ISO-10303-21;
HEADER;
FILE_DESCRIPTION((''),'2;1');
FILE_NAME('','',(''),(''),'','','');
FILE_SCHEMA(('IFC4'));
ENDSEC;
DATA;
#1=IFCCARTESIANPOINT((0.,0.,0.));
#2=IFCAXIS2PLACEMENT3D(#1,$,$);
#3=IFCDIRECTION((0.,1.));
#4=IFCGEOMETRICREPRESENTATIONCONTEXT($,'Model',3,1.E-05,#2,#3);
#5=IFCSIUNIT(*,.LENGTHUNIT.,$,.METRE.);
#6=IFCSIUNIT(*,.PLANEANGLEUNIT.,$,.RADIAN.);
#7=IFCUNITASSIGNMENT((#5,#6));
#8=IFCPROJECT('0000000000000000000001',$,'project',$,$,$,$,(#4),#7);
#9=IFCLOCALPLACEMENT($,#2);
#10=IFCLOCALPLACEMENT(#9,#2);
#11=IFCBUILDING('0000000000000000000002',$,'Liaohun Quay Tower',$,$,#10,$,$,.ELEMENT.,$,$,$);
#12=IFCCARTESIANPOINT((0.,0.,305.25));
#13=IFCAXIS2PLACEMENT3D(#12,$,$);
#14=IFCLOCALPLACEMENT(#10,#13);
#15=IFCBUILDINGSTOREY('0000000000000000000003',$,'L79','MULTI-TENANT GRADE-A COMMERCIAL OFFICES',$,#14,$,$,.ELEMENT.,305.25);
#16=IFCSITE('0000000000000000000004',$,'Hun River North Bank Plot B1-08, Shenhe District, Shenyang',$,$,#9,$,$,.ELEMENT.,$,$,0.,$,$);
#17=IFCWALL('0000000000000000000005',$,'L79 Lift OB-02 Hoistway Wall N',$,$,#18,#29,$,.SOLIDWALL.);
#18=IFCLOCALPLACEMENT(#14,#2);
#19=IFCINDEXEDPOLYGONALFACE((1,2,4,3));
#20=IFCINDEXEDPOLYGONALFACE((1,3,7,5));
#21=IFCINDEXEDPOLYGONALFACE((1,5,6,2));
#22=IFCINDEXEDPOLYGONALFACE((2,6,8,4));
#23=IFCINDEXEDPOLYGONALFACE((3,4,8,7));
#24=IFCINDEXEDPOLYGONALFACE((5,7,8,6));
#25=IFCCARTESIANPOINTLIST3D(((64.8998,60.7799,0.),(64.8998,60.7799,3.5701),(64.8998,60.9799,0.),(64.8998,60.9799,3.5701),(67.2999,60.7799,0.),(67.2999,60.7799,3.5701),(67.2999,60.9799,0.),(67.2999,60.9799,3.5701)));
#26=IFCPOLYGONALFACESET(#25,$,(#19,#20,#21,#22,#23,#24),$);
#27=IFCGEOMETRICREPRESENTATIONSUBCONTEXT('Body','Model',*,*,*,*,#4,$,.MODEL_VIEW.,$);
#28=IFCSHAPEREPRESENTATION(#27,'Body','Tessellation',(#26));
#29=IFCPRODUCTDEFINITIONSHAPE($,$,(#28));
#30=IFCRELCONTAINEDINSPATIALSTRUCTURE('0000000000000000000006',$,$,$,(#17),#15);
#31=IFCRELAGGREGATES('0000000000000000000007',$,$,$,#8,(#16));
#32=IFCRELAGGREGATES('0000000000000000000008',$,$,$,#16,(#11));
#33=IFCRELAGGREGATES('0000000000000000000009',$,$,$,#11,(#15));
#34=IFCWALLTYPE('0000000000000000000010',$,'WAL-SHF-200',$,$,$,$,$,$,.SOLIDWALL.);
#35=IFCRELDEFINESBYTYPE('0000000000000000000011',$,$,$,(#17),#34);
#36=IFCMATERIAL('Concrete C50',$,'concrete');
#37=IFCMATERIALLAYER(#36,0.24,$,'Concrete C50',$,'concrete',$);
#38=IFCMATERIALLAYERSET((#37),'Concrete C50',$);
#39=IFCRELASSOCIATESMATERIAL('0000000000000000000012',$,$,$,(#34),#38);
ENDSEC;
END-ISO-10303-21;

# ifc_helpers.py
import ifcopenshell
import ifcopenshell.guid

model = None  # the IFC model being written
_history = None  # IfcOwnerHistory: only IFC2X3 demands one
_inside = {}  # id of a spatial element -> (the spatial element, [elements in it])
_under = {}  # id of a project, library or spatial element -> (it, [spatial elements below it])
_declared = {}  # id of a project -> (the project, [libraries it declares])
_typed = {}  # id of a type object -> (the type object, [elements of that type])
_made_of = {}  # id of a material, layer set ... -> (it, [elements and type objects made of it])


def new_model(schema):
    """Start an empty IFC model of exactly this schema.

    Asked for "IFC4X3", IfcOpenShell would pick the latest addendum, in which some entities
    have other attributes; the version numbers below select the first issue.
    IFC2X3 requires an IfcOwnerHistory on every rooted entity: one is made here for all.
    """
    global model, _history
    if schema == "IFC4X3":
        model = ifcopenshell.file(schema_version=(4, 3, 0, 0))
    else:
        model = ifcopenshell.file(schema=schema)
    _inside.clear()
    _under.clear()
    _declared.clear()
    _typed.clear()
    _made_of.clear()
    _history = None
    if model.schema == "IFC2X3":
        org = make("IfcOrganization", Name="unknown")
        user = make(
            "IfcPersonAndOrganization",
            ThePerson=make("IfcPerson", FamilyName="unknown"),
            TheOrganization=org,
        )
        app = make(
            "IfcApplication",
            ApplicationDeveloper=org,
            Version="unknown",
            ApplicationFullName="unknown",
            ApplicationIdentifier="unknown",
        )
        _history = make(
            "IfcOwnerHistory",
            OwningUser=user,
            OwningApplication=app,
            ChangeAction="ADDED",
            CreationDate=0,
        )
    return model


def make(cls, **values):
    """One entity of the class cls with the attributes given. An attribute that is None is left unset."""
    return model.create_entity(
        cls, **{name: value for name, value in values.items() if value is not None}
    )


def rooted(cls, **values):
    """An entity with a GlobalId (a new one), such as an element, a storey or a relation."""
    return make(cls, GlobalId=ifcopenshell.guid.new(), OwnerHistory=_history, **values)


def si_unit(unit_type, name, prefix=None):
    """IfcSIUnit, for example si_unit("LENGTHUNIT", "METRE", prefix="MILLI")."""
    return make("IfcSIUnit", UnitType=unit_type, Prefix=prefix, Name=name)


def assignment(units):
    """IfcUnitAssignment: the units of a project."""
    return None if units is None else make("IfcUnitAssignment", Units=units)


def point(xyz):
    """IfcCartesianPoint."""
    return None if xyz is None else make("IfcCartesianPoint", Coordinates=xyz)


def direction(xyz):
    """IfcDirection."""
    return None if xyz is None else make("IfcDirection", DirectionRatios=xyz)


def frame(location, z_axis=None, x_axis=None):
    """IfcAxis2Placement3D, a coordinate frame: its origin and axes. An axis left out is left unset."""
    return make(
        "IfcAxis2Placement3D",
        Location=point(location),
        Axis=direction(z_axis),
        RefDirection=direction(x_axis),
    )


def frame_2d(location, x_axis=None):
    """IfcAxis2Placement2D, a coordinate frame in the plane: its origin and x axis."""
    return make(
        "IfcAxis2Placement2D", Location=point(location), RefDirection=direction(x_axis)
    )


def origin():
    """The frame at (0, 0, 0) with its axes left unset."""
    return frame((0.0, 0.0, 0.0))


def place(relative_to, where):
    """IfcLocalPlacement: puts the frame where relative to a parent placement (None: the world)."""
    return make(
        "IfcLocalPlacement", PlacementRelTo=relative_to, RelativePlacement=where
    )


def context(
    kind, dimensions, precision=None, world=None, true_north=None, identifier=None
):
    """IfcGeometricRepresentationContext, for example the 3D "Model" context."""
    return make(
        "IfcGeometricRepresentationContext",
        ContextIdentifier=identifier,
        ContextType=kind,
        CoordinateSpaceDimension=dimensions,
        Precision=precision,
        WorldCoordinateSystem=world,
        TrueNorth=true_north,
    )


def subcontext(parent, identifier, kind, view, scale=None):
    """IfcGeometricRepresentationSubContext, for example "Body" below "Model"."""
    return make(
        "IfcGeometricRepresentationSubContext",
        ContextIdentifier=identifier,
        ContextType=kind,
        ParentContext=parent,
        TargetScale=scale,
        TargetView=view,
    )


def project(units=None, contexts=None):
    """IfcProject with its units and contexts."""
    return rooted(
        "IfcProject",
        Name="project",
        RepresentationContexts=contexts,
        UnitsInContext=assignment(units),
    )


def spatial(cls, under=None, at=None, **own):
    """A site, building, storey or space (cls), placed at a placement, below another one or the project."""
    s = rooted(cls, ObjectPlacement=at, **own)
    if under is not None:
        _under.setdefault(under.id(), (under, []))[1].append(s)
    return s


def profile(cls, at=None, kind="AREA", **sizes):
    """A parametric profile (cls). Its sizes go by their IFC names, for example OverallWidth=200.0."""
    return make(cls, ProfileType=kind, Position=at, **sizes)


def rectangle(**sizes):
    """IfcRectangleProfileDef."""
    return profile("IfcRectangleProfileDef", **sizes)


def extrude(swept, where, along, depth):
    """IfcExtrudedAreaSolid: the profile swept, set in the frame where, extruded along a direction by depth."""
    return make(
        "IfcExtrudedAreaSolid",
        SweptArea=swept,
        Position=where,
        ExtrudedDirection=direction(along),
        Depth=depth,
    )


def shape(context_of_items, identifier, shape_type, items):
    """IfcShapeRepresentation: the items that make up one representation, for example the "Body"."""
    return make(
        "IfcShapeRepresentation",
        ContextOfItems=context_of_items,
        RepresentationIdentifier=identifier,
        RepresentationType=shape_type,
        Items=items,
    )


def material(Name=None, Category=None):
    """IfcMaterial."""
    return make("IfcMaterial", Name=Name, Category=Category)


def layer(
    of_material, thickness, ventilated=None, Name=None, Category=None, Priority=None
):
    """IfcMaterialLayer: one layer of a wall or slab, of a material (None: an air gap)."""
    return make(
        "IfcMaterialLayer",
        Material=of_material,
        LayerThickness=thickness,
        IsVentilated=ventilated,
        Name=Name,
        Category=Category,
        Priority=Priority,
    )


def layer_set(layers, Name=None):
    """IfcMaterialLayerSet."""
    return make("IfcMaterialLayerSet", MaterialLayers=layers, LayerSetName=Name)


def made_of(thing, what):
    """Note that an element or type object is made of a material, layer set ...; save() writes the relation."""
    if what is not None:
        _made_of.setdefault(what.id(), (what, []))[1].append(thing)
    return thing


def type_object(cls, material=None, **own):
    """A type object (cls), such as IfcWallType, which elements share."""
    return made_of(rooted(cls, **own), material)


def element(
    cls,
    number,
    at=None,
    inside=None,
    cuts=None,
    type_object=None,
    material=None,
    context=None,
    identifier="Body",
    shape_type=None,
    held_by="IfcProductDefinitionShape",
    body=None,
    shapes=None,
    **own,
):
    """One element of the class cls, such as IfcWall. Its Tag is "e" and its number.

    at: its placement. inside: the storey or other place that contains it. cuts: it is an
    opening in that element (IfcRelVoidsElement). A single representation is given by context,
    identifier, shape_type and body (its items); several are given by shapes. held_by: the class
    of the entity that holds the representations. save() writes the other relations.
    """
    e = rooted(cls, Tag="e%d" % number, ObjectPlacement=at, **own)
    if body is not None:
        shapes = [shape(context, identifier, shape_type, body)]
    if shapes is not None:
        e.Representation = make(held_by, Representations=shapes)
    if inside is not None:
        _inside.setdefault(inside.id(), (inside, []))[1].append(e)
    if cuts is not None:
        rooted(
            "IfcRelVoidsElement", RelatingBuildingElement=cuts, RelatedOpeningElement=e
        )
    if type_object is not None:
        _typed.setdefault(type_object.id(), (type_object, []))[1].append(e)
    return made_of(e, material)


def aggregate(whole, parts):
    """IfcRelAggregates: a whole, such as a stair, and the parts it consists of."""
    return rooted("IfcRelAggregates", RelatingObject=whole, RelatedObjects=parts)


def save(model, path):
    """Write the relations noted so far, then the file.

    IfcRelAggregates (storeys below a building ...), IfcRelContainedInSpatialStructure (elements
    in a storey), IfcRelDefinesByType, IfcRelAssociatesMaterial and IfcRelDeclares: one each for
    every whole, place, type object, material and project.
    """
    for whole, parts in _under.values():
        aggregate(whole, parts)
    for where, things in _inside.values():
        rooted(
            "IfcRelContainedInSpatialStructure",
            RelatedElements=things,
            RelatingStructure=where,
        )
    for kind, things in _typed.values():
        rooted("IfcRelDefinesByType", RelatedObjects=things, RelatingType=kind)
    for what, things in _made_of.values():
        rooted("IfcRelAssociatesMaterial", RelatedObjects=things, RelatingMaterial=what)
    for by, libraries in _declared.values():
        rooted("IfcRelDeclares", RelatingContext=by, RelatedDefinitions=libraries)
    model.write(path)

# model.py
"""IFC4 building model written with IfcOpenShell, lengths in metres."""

from ifc_helpers import new_model, si_unit, direction, frame, frame_2d, origin, place, context, subcontext, project, spatial, rectangle, extrude, material, layer, layer_set, type_object, element, save


model = new_model("IFC4")

# Units and contexts
model_context = context("Model", 3, precision=1e-05, world=origin(), true_north=direction((0.0, 1.0)))
body_context = subcontext(model_context, "Body", "Model", "MODEL_VIEW")
ifc_project = project(units=[si_unit("LENGTHUNIT", "METRE"), si_unit("PLANEANGLEUNIT", "RADIAN")], contexts=[model_context])

# Site, building, storey
site_placement = place(None, origin())
site = spatial("IfcSite", under=ifc_project, at=site_placement, Name="Hun River North Bank Plot B1-08, Shenhe District, Shenyang", CompositionType="ELEMENT", RefElevation=0.0)
building_placement = place(site_placement, origin())
building = spatial("IfcBuilding", under=site, at=building_placement, Name="Liaohun Quay Tower", CompositionType="ELEMENT")
storey_placement = place(building_placement, frame((0.0, 0.0, 305.25)))
storey = spatial("IfcBuildingStorey", under=building, at=storey_placement, Name="L79", Description="MULTI-TENANT GRADE-A COMMERCIAL OFFICES", CompositionType="ELEMENT", Elevation=305.25)

# Shared definitions
ifc_material_1 = material(Name="Concrete C50", Category="concrete")

# Wall
ifc_layer_1 = layer(ifc_material_1, 0.24, Name="Concrete C50", Category="concrete")
ifc_layer_set_1 = layer_set([ifc_layer_1], Name="Concrete C50")
wall_type_1 = type_object("IfcWallType", Name="WAL-SHF-200", PredefinedType="SOLIDWALL", material=ifc_layer_set_1)
wall_1_placement = place(storey_placement, frame((67.3, 60.8799, 0.0), z_axis=(0.0, 0.0, 1.0), x_axis=(-1.0, 0.0, 0.0)))
element("IfcWall", 1, at=wall_1_placement, inside=storey, type_object=wall_type_1, Name="L79 Lift OB-02 Hoistway Wall N", PredefinedType="SOLIDWALL", context=body_context, shape_type="SweptSolid", body=[
    extrude(rectangle(XDim=2.4001, YDim=0.2, at=frame_2d((1.2002, 0.0))), origin(), (0.0, 0.0, 1.0), 3.5701),
])

save(model, "model.ifc")
